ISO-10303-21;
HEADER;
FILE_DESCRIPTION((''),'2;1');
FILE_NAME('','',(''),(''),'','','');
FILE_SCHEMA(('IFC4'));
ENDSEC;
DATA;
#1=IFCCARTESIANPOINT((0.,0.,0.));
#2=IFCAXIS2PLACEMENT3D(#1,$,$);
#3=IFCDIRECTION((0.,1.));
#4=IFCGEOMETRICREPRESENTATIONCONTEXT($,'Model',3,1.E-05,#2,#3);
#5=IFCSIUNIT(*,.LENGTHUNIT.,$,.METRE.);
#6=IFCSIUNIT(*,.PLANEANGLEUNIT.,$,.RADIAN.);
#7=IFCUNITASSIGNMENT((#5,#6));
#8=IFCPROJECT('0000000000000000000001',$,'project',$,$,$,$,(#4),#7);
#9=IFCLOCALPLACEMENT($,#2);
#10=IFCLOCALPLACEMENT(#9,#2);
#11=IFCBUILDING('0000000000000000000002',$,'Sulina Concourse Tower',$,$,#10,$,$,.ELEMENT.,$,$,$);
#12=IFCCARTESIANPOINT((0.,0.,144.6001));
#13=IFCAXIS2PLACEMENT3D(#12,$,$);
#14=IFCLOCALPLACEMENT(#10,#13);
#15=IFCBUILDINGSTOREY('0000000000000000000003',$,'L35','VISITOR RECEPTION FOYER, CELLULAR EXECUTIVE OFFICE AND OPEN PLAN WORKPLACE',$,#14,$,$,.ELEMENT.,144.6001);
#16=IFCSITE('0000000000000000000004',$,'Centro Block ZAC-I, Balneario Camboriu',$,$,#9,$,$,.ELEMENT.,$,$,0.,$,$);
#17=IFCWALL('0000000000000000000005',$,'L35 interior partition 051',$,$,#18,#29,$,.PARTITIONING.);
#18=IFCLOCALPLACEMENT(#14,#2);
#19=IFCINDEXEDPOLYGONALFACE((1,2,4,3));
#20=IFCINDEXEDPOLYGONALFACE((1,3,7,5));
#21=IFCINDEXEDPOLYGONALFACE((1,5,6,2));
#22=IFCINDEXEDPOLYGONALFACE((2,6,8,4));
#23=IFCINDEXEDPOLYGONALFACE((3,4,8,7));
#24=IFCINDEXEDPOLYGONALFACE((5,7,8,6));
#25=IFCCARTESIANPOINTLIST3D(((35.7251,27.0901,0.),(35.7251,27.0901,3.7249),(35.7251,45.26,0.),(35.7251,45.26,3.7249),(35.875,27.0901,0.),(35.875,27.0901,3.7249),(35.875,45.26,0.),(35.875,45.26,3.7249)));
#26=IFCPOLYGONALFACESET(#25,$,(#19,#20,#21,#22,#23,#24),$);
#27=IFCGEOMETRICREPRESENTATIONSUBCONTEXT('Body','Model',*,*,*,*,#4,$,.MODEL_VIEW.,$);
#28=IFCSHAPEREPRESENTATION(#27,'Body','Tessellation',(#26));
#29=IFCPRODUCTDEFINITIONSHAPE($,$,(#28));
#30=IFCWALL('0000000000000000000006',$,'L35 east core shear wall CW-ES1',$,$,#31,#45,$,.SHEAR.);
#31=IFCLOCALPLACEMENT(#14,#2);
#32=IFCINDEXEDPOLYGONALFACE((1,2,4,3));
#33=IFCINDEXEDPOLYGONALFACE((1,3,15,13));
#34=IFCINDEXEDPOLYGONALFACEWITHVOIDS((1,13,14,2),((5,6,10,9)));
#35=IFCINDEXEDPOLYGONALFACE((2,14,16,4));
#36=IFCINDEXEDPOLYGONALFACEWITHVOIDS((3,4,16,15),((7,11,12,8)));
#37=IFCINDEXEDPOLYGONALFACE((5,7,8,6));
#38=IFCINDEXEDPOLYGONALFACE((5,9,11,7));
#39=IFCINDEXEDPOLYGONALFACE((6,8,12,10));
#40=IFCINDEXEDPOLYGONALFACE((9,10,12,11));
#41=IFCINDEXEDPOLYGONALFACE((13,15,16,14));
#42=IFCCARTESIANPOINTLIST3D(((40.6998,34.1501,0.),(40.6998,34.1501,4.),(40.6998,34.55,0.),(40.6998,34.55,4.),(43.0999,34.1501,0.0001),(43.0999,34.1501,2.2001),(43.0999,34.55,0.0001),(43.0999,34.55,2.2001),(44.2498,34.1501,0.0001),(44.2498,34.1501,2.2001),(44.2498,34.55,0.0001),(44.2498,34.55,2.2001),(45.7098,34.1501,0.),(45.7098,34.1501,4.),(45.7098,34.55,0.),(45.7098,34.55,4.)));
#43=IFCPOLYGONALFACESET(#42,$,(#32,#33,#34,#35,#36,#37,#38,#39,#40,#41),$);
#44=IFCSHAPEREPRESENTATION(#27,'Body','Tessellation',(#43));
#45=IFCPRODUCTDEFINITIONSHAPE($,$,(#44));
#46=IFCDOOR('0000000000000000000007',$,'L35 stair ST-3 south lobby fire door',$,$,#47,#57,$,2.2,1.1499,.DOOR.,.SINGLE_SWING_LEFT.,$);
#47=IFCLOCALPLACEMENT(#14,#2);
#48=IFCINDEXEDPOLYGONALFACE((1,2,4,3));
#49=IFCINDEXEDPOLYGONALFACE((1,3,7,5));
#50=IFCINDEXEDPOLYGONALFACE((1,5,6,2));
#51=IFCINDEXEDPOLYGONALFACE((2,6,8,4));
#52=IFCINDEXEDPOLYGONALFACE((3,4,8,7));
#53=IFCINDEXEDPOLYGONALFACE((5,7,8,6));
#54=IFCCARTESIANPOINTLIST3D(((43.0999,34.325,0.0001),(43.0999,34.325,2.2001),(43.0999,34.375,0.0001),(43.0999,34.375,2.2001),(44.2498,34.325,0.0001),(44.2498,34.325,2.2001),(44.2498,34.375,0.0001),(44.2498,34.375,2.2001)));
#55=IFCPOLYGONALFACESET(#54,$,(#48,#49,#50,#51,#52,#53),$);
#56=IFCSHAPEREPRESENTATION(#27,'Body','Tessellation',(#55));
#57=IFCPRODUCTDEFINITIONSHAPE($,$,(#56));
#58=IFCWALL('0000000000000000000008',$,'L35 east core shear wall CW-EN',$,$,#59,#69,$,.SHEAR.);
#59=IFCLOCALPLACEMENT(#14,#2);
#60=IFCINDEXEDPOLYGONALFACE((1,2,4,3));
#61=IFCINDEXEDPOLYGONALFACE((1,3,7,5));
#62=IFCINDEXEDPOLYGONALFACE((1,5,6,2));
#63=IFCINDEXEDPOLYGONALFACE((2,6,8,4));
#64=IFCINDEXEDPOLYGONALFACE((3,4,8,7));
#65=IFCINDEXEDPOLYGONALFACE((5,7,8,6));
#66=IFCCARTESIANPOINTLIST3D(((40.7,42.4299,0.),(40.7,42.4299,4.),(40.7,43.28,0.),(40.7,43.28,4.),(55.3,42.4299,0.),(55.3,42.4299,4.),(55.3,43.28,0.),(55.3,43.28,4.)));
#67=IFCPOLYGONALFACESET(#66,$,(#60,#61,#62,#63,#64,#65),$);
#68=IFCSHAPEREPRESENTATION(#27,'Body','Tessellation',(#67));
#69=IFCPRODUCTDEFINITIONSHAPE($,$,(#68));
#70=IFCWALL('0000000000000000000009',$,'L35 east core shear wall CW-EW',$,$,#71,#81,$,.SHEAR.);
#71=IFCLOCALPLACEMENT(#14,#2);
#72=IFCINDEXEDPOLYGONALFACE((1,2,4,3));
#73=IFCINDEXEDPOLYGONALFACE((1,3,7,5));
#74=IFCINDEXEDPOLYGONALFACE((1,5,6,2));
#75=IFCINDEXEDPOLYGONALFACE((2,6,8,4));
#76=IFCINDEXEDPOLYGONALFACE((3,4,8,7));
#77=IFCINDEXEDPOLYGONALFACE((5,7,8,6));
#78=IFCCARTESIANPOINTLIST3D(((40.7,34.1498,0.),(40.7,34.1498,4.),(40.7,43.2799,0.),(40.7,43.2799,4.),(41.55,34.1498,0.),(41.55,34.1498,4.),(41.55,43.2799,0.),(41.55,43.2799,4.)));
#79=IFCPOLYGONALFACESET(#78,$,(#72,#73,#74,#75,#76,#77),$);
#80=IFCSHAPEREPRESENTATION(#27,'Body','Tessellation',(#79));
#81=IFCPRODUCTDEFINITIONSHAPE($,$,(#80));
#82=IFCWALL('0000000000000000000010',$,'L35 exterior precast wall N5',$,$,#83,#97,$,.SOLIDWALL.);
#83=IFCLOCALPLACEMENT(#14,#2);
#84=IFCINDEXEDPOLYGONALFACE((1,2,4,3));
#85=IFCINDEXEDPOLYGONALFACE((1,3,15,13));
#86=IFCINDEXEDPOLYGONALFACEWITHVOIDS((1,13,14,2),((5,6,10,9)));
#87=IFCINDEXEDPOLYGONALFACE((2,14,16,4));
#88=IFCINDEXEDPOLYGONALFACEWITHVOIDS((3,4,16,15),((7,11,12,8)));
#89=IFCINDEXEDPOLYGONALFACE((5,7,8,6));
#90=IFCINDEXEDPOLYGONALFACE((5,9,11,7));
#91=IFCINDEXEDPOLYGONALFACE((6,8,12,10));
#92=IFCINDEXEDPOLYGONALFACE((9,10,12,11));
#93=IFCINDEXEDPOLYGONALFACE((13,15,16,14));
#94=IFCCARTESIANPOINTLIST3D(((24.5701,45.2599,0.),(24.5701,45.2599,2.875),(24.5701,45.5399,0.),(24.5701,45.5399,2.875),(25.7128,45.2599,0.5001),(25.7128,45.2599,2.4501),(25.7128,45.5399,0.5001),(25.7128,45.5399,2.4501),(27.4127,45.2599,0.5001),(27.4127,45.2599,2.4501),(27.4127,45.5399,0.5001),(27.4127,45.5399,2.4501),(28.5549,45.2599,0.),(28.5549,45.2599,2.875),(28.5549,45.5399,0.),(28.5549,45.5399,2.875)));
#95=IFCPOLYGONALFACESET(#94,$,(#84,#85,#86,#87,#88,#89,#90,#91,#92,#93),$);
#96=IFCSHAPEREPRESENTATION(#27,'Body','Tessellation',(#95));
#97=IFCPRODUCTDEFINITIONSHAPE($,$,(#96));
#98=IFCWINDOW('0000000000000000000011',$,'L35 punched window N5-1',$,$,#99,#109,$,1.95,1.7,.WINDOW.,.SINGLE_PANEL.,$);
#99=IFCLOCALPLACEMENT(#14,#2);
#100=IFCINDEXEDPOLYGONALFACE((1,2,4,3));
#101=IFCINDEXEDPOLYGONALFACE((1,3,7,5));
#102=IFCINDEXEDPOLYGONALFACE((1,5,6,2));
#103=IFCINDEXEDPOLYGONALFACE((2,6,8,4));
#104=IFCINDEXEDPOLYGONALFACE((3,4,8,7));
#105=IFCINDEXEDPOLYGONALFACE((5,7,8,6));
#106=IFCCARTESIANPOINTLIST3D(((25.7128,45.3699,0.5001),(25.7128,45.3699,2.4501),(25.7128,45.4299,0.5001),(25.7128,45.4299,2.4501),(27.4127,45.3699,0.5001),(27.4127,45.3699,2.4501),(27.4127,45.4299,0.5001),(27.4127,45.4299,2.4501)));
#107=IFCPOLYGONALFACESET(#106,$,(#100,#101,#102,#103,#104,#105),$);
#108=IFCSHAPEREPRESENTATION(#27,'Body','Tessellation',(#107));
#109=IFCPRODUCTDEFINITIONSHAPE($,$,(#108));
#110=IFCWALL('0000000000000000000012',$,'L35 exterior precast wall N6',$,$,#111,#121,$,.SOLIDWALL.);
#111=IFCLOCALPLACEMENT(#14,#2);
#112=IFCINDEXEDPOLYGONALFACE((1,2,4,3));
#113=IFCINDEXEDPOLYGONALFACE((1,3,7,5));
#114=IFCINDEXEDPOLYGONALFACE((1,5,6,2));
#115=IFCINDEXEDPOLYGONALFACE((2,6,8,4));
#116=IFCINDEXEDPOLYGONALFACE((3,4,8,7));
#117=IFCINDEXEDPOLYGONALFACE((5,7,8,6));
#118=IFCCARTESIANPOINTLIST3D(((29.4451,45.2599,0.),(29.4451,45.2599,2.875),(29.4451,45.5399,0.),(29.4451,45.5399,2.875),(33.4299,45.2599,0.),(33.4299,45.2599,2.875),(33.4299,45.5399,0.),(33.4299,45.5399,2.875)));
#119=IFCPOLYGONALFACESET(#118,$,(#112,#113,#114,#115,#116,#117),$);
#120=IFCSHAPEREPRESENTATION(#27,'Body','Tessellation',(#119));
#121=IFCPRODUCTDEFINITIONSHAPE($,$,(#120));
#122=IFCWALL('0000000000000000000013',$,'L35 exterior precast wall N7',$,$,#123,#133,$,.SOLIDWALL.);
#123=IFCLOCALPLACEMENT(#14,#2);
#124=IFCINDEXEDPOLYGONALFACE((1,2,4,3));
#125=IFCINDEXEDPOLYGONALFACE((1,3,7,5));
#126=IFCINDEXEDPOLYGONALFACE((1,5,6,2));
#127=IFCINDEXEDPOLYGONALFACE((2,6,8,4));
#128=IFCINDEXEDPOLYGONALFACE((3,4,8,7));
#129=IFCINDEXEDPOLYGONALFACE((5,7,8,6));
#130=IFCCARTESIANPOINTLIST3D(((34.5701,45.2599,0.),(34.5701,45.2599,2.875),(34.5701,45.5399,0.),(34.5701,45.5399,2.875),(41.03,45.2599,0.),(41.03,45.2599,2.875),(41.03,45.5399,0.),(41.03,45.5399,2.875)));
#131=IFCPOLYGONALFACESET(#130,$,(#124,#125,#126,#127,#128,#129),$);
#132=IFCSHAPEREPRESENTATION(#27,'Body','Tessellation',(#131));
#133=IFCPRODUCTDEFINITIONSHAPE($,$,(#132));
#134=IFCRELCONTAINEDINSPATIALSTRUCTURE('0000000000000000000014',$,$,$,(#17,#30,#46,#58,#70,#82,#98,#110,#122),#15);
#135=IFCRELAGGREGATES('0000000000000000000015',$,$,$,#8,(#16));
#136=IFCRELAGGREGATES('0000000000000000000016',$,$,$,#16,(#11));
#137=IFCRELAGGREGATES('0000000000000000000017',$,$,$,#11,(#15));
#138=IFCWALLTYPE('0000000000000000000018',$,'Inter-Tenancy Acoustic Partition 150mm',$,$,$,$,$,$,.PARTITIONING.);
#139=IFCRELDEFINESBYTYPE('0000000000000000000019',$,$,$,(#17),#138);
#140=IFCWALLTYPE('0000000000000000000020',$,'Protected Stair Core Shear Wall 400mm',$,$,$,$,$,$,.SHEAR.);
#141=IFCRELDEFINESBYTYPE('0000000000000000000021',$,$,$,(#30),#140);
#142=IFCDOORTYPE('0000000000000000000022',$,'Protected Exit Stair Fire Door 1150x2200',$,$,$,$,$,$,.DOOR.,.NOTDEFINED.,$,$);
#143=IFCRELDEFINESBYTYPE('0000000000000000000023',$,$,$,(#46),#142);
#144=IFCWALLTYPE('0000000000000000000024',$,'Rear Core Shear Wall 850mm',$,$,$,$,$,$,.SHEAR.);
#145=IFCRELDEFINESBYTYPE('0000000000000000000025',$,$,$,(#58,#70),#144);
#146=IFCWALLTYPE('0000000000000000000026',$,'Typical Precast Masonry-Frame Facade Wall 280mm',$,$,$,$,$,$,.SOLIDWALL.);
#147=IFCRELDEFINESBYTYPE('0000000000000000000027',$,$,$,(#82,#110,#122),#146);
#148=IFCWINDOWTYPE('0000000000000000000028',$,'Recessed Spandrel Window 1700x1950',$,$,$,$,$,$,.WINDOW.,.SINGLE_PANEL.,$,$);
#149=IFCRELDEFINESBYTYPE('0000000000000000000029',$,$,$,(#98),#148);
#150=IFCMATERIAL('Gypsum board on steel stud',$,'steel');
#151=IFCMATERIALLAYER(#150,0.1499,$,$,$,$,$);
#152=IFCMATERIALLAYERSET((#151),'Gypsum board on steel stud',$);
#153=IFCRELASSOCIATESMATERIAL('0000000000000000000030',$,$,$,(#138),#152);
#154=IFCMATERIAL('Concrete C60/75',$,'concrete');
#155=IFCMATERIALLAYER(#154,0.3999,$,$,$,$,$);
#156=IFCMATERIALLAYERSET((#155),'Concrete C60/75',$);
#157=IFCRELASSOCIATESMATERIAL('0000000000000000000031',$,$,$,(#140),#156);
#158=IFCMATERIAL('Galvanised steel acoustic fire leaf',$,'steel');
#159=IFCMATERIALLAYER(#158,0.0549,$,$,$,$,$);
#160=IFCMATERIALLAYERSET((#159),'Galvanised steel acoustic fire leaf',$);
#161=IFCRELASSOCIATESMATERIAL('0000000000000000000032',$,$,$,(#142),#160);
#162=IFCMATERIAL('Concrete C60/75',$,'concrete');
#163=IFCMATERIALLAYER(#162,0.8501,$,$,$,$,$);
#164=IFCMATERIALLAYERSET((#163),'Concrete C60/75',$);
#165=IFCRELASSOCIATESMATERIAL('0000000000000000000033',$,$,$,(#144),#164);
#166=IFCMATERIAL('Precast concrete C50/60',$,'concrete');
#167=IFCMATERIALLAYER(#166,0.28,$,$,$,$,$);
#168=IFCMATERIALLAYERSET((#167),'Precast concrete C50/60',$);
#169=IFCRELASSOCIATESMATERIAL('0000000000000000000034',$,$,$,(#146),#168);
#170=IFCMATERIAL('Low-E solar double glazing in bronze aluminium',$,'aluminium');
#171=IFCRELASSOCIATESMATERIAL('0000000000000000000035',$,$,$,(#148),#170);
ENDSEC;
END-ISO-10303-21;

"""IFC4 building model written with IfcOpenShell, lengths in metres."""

from ifc_helpers import new_model, si_unit, direction, frame, frame_2d, origin, place, context, subcontext, project, spatial, rectangle, extrude, material, layer, layer_set, type_object, element, fill, save


model = new_model("IFC4")

# Units and contexts
model_context = context("Model", 3, precision=1e-05, world=origin(), true_north=direction((0.0, 1.0)))
body_context = subcontext(model_context, "Body", "Model", "MODEL_VIEW")
ifc_project = project(units=[si_unit("LENGTHUNIT", "METRE"), si_unit("PLANEANGLEUNIT", "RADIAN")], contexts=[model_context])

# Site, building, storey
site_placement = place(None, origin())
site = spatial("IfcSite", under=ifc_project, at=site_placement, Name="Centro Block ZAC-I, Balneario Camboriu", CompositionType="ELEMENT", RefElevation=0.0)
building_placement = place(site_placement, origin())
building = spatial("IfcBuilding", under=site, at=building_placement, Name="Sulina Concourse Tower", CompositionType="ELEMENT")
storey_placement = place(building_placement, frame((0.0, 0.0, 144.6001)))
storey = spatial("IfcBuildingStorey", under=building, at=storey_placement, Name="L35", Description="VISITOR RECEPTION FOYER, CELLULAR EXECUTIVE OFFICE AND OPEN PLAN WORKPLACE", CompositionType="ELEMENT", Elevation=144.6001)

# Wall
ifc_material_1 = material(Name="Gypsum board on steel stud", Category="steel")
ifc_layer_1 = layer(ifc_material_1, 0.1499)
ifc_layer_set_1 = layer_set([ifc_layer_1], Name="Gypsum board on steel stud")
wall_type_1 = type_object("IfcWallType", Name="Inter-Tenancy Acoustic Partition 150mm", PredefinedType="PARTITIONING", material=ifc_layer_set_1)
wall_1_placement = place(storey_placement, frame((35.8, 27.0901, 0.0), z_axis=(0.0, 0.0, 1.0), x_axis=(0.0, 1.0, 0.0)))
element("IfcWall", 1, at=wall_1_placement, inside=storey, type_object=wall_type_1, Name="L35 interior partition 051", PredefinedType="PARTITIONING", context=body_context, shape_type="SweptSolid", body=[
    extrude(rectangle(XDim=18.1699, YDim=0.1499, at=frame_2d((9.085, 0.0))), origin(), (0.0, 0.0, 1.0), 3.7249),
])

# Wall, opening, door
ifc_material_2 = material(Name="Concrete C60/75", Category="concrete")
ifc_layer_2 = layer(ifc_material_2, 0.3999)
ifc_layer_set_2 = layer_set([ifc_layer_2], Name="Concrete C60/75")
wall_type_2 = type_object("IfcWallType", Name="Protected Stair Core Shear Wall 400mm", PredefinedType="SHEAR", material=ifc_layer_set_2)
wall_2_placement = place(storey_placement, frame((40.7, 34.3501, 0.0), z_axis=(0.0, 0.0, 1.0), x_axis=(1.0, 0.0, 0.0)))
wall_2 = element("IfcWall", 2, at=wall_2_placement, inside=storey, type_object=wall_type_2, Name="L35 east core shear wall CW-ES1", PredefinedType="SHEAR", context=body_context, shape_type="SweptSolid", body=[
    extrude(rectangle(XDim=5.01, YDim=0.3999, at=frame_2d((2.5049, 0.0))), origin(), (0.0, 0.0, 1.0), 4.0),
])
opening_1_placement = place(wall_2_placement, frame((2.3999, 0.0, 0.0)))
opening_1 = element("IfcOpeningElement", 3, at=opening_1_placement, cuts=wall_2, PredefinedType="OPENING", context=body_context, shape_type="SweptSolid", body=[
    extrude(rectangle(XDim=1.1499, YDim=2.2, at=frame_2d((0.575, 1.1001))), frame((0.0, 0.21, 0.0), z_axis=(0.0, -1.0, 0.0), x_axis=(1.0, 0.0, 0.0)), (0.0, 0.0, 1.0), 0.4199),
])
ifc_material_3 = material(Name="Galvanised steel acoustic fire leaf", Category="steel")
ifc_layer_3 = layer(ifc_material_3, 0.0549)
ifc_layer_set_3 = layer_set([ifc_layer_3], Name="Galvanised steel acoustic fire leaf")
door_type_1 = type_object("IfcDoorType", Name="Protected Exit Stair Fire Door 1150x2200", OperationType="NOTDEFINED", PredefinedType="DOOR", material=ifc_layer_set_3)
door_1_placement = place(opening_1_placement, origin())
door_1 = element("IfcDoor", 4, at=door_1_placement, inside=storey, type_object=door_type_1, Name="L35 stair ST-3 south lobby fire door", OperationType="SINGLE_SWING_LEFT", OverallHeight=2.2, OverallWidth=1.1499, PredefinedType="DOOR", context=body_context, shape_type="SweptSolid", body=[
    extrude(rectangle(XDim=1.1499, YDim=2.2, at=frame_2d((0.575, 1.1001))), frame((0.0, 0.0249, 0.0), z_axis=(0.0, -1.0, 0.0), x_axis=(1.0, 0.0, 0.0)), (0.0, 0.0, 1.0), 0.05),
])
fill(opening_1, door_1)

# Walls
ifc_material_4 = material(Name="Concrete C60/75", Category="concrete")
ifc_layer_4 = layer(ifc_material_4, 0.8501)
ifc_layer_set_4 = layer_set([ifc_layer_4], Name="Concrete C60/75")
wall_type_3 = type_object("IfcWallType", Name="Rear Core Shear Wall 850mm", PredefinedType="SHEAR", material=ifc_layer_set_4)
wall_3_placement = place(storey_placement, frame((40.7, 42.855, 0.0), z_axis=(0.0, 0.0, 1.0), x_axis=(1.0, 0.0, 0.0)))
element("IfcWall", 5, at=wall_3_placement, inside=storey, type_object=wall_type_3, Name="L35 east core shear wall CW-EN", PredefinedType="SHEAR", context=body_context, shape_type="SweptSolid", body=[
    extrude(rectangle(XDim=14.6001, YDim=0.8501, at=frame_2d((7.3, 0.0))), origin(), (0.0, 0.0, 1.0), 4.0),
])
wall_4_placement = place(storey_placement, frame((41.125, 34.1499, 0.0), z_axis=(0.0, 0.0, 1.0), x_axis=(0.0, 1.0, 0.0)))
element("IfcWall", 6, at=wall_4_placement, inside=storey, type_object=wall_type_3, Name="L35 east core shear wall CW-EW", PredefinedType="SHEAR", context=body_context, shape_type="SweptSolid", body=[
    extrude(rectangle(XDim=9.1301, YDim=0.8501, at=frame_2d((4.5649, 0.0))), origin(), (0.0, 0.0, 1.0), 4.0),
])

# Wall, opening, window
ifc_material_5 = material(Name="Precast concrete C50/60", Category="concrete")
ifc_layer_5 = layer(ifc_material_5, 0.28)
ifc_layer_set_5 = layer_set([ifc_layer_5], Name="Precast concrete C50/60")
wall_type_4 = type_object("IfcWallType", Name="Typical Precast Masonry-Frame Facade Wall 280mm", PredefinedType="SOLIDWALL", material=ifc_layer_set_5)
wall_5_placement = place(storey_placement, frame((24.5701, 45.3999, 0.0), z_axis=(0.0, 0.0, 1.0), x_axis=(1.0, 0.0, 0.0)))
wall_5 = element("IfcWall", 7, at=wall_5_placement, inside=storey, type_object=wall_type_4, Name="L35 exterior precast wall N5", PredefinedType="SOLIDWALL", context=body_context, shape_type="SweptSolid", body=[
    extrude(rectangle(XDim=3.9849, YDim=0.28, at=frame_2d((1.9924, 0.0))), origin(), (0.0, 0.0, 1.0), 2.875),
])
opening_2_placement = place(wall_5_placement, frame((1.1426, 0.0, 0.5)))
opening_2 = element("IfcOpeningElement", 8, at=opening_2_placement, cuts=wall_5, PredefinedType="OPENING", context=body_context, shape_type="SweptSolid", body=[
    extrude(rectangle(XDim=1.7, YDim=1.95, at=frame_2d((0.8501, 0.9751))), frame((0.0, 0.1499, 0.0), z_axis=(0.0, -1.0, 0.0), x_axis=(1.0, 0.0, 0.0)), (0.0, 0.0, 1.0), 0.3),
])
ifc_material_6 = material(Name="Low-E solar double glazing in bronze aluminium", Category="aluminium")
window_type = type_object("IfcWindowType", Name="Recessed Spandrel Window 1700x1950", PartitioningType="SINGLE_PANEL", PredefinedType="WINDOW", material=ifc_material_6)
window_placement = place(opening_2_placement, origin())
window = element("IfcWindow", 9, at=window_placement, inside=storey, type_object=window_type, Name="L35 punched window N5-1", OverallHeight=1.95, OverallWidth=1.7, PartitioningType="SINGLE_PANEL", PredefinedType="WINDOW", context=body_context, shape_type="SweptSolid", body=[
    extrude(rectangle(XDim=1.7, YDim=1.95, at=frame_2d((0.8501, 0.9751))), frame((0.0, 0.03, 0.0), z_axis=(0.0, -1.0, 0.0), x_axis=(1.0, 0.0, 0.0)), (0.0, 0.0, 1.0), 0.0601),
])
fill(opening_2, window)

# Walls
wall_6_placement = place(storey_placement, frame((29.4451, 45.3999, 0.0), z_axis=(0.0, 0.0, 1.0), x_axis=(1.0, 0.0, 0.0)))
element("IfcWall", 10, at=wall_6_placement, inside=storey, type_object=wall_type_4, Name="L35 exterior precast wall N6", PredefinedType="SOLIDWALL", context=body_context, shape_type="SweptSolid", body=[
    extrude(rectangle(XDim=3.9849, YDim=0.28, at=frame_2d((1.9924, 0.0))), origin(), (0.0, 0.0, 1.0), 2.875),
])
wall_7_placement = place(storey_placement, frame((34.5701, 45.3999, 0.0), z_axis=(0.0, 0.0, 1.0), x_axis=(1.0, 0.0, 0.0)))
element("IfcWall", 11, at=wall_7_placement, inside=storey, type_object=wall_type_4, Name="L35 exterior precast wall N7", PredefinedType="SOLIDWALL", context=body_context, shape_type="SweptSolid", body=[
    extrude(rectangle(XDim=6.46, YDim=0.28, at=frame_2d((3.23, 0.0))), origin(), (0.0, 0.0, 1.0), 2.875),
])

save(model, "model.ifc")
